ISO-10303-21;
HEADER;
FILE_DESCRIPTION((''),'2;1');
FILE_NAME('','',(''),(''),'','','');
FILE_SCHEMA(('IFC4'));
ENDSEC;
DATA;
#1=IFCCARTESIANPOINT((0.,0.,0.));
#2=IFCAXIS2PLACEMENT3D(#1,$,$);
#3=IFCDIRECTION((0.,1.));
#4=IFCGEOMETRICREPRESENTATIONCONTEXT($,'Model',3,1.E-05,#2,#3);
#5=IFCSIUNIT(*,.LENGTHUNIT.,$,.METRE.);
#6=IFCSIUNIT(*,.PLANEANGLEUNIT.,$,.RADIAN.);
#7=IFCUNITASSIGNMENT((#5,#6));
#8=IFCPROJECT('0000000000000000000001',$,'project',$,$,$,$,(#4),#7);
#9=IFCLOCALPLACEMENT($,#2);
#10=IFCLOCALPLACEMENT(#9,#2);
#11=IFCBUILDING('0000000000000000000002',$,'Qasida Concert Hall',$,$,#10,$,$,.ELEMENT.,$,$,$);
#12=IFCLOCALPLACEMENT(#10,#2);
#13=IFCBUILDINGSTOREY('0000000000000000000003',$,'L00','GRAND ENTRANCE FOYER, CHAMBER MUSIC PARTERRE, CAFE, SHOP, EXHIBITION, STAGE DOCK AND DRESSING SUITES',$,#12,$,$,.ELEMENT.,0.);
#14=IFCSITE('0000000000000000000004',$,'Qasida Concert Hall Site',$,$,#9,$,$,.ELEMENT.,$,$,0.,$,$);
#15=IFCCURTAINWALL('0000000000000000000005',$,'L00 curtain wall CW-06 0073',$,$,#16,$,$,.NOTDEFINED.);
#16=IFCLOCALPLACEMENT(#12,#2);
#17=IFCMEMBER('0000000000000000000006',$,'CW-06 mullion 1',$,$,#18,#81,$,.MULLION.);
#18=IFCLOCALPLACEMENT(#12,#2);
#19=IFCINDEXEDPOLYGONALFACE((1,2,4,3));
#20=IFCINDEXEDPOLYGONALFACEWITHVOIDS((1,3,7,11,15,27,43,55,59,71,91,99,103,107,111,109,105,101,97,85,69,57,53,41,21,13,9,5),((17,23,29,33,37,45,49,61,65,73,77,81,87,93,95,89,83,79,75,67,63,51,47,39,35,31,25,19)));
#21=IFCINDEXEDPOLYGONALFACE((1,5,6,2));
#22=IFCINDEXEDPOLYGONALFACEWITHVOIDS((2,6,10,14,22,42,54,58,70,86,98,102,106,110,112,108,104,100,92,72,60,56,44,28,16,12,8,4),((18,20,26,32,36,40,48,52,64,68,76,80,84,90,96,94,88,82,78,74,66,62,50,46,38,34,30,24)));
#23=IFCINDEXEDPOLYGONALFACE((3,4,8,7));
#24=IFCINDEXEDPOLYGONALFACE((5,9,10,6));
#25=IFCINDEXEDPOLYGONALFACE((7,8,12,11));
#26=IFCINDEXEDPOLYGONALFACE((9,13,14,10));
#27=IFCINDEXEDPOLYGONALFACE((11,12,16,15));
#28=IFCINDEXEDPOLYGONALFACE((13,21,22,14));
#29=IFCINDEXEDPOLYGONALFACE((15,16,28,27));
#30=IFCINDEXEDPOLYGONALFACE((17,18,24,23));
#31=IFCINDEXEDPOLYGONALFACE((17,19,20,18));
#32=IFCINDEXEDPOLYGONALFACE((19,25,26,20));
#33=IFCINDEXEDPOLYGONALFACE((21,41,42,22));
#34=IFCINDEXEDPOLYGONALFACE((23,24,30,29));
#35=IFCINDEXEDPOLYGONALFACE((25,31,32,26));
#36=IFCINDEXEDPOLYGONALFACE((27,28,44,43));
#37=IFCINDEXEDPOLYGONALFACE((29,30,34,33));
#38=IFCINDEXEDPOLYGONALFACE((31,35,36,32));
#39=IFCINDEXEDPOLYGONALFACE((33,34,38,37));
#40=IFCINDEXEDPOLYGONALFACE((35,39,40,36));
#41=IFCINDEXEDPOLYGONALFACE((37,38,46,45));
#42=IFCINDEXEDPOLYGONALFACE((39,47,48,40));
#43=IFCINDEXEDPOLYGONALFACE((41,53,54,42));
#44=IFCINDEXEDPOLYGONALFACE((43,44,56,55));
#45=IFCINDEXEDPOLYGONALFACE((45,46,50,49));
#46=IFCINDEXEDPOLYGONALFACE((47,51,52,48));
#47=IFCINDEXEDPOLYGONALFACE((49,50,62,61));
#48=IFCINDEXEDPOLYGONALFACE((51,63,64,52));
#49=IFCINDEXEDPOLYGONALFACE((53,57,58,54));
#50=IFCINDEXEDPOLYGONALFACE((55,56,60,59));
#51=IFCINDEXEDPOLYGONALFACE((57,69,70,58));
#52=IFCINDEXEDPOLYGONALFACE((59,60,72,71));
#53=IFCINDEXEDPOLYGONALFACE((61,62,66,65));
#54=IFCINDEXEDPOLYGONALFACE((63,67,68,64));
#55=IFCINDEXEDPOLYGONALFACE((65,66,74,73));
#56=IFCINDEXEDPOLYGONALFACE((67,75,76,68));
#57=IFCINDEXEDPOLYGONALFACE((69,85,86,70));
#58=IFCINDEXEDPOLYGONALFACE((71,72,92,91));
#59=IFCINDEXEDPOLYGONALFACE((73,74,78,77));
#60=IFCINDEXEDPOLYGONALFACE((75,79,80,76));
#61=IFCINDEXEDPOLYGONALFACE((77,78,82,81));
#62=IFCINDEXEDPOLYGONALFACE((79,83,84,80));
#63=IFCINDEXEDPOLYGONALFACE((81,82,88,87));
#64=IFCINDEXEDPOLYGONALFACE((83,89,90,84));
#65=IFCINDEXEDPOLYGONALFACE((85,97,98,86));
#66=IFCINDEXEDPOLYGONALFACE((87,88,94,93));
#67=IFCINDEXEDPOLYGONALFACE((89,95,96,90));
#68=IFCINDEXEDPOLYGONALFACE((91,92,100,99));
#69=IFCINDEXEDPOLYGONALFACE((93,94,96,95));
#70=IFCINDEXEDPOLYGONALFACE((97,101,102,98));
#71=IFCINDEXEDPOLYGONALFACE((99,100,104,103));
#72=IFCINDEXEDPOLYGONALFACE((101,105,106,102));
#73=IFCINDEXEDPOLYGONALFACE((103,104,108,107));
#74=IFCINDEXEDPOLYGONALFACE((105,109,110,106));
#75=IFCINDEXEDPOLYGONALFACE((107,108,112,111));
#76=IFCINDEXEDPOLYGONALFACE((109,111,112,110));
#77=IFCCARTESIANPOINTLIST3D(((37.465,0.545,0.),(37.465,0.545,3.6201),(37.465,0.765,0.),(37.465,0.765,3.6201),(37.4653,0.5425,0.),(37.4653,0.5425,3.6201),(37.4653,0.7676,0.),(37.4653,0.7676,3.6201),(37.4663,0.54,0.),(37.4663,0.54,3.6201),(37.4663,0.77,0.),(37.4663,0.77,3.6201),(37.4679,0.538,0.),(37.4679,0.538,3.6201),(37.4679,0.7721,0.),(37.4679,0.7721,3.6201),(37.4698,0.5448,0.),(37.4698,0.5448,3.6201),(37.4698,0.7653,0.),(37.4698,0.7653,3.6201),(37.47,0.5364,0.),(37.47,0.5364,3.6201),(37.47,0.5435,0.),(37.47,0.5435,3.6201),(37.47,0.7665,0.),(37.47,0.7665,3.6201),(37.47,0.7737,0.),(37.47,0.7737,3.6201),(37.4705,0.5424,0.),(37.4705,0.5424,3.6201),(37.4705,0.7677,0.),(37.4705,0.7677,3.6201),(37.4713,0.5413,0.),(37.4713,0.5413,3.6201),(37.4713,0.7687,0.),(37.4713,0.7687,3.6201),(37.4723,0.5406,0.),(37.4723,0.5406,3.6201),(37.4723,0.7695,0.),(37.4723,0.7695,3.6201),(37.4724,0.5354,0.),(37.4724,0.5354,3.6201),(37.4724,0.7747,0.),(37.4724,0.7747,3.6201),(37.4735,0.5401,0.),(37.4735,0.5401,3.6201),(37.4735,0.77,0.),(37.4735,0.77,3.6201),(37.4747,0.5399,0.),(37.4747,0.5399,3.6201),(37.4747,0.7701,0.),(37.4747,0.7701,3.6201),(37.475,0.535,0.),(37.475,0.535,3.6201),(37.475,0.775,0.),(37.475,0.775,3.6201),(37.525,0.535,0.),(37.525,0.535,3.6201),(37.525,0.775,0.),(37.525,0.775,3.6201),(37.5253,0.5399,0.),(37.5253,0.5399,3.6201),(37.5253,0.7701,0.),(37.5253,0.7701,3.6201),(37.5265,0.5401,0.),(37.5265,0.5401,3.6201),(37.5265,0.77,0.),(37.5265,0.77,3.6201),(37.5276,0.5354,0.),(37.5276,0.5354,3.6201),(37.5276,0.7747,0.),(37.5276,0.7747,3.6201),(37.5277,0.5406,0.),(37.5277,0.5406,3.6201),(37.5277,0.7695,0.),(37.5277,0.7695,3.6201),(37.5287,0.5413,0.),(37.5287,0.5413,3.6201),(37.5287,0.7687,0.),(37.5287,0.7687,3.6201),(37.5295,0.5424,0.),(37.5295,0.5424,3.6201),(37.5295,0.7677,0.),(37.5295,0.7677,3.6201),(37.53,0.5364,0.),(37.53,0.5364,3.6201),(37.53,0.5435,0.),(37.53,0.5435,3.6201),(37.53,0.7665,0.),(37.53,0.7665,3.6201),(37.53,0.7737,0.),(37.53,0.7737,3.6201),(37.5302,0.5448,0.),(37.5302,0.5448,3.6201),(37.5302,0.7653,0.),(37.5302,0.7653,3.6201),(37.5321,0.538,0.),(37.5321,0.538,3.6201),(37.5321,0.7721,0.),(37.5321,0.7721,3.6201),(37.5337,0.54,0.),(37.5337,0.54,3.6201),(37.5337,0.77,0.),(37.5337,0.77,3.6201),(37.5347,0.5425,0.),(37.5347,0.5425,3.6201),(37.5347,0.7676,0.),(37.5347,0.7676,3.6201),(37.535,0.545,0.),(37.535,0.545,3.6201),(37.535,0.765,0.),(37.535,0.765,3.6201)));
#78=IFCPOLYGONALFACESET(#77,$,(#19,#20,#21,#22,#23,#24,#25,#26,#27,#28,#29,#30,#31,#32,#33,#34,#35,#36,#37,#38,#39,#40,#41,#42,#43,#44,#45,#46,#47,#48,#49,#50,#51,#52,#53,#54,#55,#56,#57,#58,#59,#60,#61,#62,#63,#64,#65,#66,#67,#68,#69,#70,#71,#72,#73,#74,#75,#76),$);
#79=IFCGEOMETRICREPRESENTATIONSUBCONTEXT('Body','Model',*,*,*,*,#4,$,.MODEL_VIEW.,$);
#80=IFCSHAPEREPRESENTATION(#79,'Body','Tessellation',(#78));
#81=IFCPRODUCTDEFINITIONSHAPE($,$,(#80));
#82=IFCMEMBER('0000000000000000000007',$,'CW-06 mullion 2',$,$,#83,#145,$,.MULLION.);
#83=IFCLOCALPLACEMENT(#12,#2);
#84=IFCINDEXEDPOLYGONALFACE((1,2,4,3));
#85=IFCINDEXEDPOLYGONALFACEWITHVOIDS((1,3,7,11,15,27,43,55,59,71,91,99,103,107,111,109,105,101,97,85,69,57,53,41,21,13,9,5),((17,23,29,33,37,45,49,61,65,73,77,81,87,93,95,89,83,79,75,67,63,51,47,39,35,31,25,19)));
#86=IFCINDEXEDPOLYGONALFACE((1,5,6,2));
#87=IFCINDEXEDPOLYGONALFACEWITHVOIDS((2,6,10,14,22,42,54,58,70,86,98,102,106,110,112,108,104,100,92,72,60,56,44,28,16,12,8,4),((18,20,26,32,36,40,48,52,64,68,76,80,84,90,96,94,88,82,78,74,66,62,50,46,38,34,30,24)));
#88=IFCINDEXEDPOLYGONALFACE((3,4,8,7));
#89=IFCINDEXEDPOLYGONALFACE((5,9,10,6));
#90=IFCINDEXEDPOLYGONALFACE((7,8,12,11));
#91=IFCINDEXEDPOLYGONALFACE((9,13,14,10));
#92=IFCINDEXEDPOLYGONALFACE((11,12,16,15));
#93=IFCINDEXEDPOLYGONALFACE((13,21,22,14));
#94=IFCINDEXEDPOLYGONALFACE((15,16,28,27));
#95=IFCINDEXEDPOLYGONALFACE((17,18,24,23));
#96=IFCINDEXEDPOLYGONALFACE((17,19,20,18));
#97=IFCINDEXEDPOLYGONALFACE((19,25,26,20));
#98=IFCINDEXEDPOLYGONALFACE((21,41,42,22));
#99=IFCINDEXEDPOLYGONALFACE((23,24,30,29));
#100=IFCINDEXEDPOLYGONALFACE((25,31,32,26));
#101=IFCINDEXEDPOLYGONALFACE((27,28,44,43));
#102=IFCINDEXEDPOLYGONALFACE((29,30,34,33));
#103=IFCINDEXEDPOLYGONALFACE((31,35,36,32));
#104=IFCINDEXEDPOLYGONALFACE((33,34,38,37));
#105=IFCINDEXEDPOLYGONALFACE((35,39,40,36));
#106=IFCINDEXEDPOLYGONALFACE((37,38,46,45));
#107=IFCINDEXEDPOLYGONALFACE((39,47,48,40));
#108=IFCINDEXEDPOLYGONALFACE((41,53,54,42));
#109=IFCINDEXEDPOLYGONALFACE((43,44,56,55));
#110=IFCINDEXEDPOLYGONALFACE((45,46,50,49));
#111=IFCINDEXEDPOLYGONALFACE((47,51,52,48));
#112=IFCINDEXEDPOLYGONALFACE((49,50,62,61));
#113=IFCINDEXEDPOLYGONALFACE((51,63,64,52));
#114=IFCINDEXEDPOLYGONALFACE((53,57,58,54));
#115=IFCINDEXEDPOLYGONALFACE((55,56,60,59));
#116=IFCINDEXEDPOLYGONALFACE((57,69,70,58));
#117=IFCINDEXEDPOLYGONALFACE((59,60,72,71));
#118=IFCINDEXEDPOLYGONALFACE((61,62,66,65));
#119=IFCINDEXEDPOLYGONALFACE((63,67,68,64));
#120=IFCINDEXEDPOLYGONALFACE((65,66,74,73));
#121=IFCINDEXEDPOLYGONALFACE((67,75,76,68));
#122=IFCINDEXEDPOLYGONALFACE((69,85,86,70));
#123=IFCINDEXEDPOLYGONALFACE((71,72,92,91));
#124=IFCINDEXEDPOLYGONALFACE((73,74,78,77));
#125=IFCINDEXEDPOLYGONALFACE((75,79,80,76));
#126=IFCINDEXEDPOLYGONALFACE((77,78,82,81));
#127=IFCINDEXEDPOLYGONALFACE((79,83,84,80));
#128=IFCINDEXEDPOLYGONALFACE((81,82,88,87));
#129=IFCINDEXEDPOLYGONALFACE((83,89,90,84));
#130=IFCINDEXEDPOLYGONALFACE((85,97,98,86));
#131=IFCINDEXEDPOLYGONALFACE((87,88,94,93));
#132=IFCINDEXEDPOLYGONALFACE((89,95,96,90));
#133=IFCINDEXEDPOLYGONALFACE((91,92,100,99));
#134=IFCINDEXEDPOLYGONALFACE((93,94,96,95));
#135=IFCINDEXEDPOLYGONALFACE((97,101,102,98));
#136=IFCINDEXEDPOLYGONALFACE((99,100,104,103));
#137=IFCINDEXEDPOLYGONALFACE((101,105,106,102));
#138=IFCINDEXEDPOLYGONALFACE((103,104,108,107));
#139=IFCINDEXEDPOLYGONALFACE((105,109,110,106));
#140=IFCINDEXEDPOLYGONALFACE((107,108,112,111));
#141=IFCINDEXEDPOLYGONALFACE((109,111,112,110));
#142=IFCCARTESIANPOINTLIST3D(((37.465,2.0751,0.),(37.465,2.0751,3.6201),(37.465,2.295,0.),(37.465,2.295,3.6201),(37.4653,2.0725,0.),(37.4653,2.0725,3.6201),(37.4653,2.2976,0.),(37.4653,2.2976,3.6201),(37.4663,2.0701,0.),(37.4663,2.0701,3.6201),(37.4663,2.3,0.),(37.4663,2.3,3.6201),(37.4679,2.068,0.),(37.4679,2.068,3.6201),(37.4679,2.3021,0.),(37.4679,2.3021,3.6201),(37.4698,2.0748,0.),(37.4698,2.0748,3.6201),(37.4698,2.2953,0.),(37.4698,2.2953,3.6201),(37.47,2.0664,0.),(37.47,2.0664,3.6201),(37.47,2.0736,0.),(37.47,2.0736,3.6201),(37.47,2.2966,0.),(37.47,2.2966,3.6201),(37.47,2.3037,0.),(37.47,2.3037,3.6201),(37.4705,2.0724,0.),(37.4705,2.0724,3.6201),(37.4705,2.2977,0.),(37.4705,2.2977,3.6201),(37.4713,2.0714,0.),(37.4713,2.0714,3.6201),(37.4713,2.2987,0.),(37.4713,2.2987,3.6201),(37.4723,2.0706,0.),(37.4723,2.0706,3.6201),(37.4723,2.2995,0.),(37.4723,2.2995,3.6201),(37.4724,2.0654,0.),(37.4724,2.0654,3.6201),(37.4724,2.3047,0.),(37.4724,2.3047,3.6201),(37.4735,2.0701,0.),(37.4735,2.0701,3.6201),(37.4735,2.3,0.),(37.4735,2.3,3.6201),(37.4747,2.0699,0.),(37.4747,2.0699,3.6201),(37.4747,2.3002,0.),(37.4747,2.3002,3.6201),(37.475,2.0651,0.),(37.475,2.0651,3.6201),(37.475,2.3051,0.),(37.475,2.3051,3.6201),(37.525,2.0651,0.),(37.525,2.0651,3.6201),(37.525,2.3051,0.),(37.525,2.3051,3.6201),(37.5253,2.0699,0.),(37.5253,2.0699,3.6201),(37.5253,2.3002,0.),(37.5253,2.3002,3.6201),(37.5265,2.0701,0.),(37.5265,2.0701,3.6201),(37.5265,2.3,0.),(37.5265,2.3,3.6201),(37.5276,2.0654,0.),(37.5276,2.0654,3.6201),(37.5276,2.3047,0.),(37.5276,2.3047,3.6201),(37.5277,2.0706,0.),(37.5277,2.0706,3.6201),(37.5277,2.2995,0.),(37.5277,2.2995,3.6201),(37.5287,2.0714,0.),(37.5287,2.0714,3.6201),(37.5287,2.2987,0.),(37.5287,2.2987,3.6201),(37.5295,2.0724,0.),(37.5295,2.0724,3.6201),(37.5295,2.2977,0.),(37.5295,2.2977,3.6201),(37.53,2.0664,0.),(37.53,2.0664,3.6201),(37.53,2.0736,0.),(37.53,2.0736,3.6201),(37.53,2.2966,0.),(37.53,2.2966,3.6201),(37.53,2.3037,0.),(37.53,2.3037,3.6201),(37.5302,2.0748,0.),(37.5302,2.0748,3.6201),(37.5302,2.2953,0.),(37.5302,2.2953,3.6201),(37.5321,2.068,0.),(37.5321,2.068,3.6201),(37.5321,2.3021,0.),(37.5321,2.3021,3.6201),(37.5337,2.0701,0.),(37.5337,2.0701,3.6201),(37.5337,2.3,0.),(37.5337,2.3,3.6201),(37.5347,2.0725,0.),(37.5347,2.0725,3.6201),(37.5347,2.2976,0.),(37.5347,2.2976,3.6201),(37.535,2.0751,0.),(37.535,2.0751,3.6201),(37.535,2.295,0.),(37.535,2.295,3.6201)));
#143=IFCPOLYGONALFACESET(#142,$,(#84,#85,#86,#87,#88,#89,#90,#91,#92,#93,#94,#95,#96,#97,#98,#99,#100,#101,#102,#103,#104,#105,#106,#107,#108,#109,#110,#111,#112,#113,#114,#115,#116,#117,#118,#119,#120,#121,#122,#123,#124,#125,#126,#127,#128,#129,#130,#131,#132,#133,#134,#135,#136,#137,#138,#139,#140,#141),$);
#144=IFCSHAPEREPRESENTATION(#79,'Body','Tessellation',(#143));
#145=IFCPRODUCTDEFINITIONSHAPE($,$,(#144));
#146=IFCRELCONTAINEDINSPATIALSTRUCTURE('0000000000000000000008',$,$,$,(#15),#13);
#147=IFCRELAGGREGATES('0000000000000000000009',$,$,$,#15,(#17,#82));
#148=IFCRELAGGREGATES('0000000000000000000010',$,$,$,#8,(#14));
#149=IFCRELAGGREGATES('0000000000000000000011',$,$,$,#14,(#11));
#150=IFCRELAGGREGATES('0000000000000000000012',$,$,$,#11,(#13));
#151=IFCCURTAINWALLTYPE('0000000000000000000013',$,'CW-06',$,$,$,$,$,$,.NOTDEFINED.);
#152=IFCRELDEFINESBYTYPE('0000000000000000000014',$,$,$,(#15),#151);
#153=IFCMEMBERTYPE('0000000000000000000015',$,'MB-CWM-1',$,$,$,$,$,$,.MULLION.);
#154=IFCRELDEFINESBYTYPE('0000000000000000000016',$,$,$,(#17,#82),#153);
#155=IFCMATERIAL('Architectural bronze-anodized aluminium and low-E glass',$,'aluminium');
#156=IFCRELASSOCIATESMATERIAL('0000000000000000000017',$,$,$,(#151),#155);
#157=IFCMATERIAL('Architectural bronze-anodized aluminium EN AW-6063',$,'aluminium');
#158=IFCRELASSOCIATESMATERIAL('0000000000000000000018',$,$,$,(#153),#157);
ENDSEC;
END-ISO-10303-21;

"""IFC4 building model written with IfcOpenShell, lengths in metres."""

from ifc_helpers import new_model, si_unit, direction, frame, origin, origin_2d, place, context, subcontext, project, spatial, hollow_rectangle, extrude, material, material_profile, profile_set, type_object, element, aggregate, save


model = new_model("IFC4")

# Units and contexts
model_context = context("Model", 3, precision=1e-05, world=origin(), true_north=direction((0.0, 1.0)))
body_context = subcontext(model_context, "Body", "Model", "MODEL_VIEW")
ifc_project = project(units=[si_unit("LENGTHUNIT", "METRE"), si_unit("PLANEANGLEUNIT", "RADIAN")], contexts=[model_context])

# Site, building, storey
site_placement = place(None, origin())
site = spatial("IfcSite", under=ifc_project, at=site_placement, Name="Qasida Concert Hall Site", CompositionType="ELEMENT", RefElevation=0.0)
building_placement = place(site_placement, origin())
building = spatial("IfcBuilding", under=site, at=building_placement, Name="Qasida Concert Hall", CompositionType="ELEMENT")
storey_placement = place(building_placement, origin())
storey = spatial("IfcBuildingStorey", under=building, at=storey_placement, Name="L00", Description="GRAND ENTRANCE FOYER, CHAMBER MUSIC PARTERRE, CAFE, SHOP, EXHIBITION, STAGE DOCK AND DRESSING SUITES", CompositionType="ELEMENT", Elevation=0.0)

# Curtain wall, members
ifc_material_1 = material(Name="Architectural bronze-anodized aluminium and low-E glass", Category="aluminium")
curtain_wall_type = type_object("IfcCurtainWallType", Name="CW-06", PredefinedType="NOTDEFINED", material=ifc_material_1)
curtain_wall_placement = place(storey_placement, origin())
curtain_wall = element("IfcCurtainWall", 1, at=curtain_wall_placement, inside=storey, type_object=curtain_wall_type, Name="L00 curtain wall CW-06 0073", PredefinedType="NOTDEFINED")
ifc_material_2 = material(Name="Architectural bronze-anodized aluminium EN AW-6063", Category="aluminium")
ifc_material_profile_1 = material_profile(ifc_material_2, hollow_rectangle(XDim=0.0701, YDim=0.24, WallThickness=0.0049, InnerFilletRadius=0.0049, OuterFilletRadius=0.01, at=origin_2d()), Name="CWM 240x70x5")
ifc_profile_set_1 = profile_set([ifc_material_profile_1], Name="Architectural bronze-anodized aluminium EN AW-6063")
member_type_1 = type_object("IfcMemberType", Name="MB-CWM-1", PredefinedType="MULLION", material=ifc_profile_set_1)
member_1_placement = place(storey_placement, frame((37.5, 0.655, 0.0), z_axis=(0.0, 0.0, 1.0), x_axis=(-1.0, 0.0, 0.0)))
member_1 = element("IfcMember", 2, at=member_1_placement, type_object=member_type_1, Name="CW-06 mullion 1", PredefinedType="MULLION", context=body_context, shape_type="SweptSolid", body=[
    extrude(hollow_rectangle(XDim=0.0701, YDim=0.24, WallThickness=0.0049, InnerFilletRadius=0.0049, OuterFilletRadius=0.01, at=origin_2d()), origin(), (0.0, 0.0, 1.0), 3.6201),
])
member_2_placement = place(storey_placement, frame((37.5, 2.1851, 0.0), z_axis=(0.0, 0.0, 1.0), x_axis=(-1.0, 0.0, 0.0)))
member_2 = element("IfcMember", 3, at=member_2_placement, type_object=member_type_1, Name="CW-06 mullion 2", PredefinedType="MULLION", context=body_context, shape_type="SweptSolid", body=[
    extrude(hollow_rectangle(XDim=0.0701, YDim=0.24, WallThickness=0.0049, InnerFilletRadius=0.0049, OuterFilletRadius=0.01, at=origin_2d()), origin(), (0.0, 0.0, 1.0), 3.6201),
])
aggregate(curtain_wall, [member_1, member_2])

save(model, "model.ifc")
